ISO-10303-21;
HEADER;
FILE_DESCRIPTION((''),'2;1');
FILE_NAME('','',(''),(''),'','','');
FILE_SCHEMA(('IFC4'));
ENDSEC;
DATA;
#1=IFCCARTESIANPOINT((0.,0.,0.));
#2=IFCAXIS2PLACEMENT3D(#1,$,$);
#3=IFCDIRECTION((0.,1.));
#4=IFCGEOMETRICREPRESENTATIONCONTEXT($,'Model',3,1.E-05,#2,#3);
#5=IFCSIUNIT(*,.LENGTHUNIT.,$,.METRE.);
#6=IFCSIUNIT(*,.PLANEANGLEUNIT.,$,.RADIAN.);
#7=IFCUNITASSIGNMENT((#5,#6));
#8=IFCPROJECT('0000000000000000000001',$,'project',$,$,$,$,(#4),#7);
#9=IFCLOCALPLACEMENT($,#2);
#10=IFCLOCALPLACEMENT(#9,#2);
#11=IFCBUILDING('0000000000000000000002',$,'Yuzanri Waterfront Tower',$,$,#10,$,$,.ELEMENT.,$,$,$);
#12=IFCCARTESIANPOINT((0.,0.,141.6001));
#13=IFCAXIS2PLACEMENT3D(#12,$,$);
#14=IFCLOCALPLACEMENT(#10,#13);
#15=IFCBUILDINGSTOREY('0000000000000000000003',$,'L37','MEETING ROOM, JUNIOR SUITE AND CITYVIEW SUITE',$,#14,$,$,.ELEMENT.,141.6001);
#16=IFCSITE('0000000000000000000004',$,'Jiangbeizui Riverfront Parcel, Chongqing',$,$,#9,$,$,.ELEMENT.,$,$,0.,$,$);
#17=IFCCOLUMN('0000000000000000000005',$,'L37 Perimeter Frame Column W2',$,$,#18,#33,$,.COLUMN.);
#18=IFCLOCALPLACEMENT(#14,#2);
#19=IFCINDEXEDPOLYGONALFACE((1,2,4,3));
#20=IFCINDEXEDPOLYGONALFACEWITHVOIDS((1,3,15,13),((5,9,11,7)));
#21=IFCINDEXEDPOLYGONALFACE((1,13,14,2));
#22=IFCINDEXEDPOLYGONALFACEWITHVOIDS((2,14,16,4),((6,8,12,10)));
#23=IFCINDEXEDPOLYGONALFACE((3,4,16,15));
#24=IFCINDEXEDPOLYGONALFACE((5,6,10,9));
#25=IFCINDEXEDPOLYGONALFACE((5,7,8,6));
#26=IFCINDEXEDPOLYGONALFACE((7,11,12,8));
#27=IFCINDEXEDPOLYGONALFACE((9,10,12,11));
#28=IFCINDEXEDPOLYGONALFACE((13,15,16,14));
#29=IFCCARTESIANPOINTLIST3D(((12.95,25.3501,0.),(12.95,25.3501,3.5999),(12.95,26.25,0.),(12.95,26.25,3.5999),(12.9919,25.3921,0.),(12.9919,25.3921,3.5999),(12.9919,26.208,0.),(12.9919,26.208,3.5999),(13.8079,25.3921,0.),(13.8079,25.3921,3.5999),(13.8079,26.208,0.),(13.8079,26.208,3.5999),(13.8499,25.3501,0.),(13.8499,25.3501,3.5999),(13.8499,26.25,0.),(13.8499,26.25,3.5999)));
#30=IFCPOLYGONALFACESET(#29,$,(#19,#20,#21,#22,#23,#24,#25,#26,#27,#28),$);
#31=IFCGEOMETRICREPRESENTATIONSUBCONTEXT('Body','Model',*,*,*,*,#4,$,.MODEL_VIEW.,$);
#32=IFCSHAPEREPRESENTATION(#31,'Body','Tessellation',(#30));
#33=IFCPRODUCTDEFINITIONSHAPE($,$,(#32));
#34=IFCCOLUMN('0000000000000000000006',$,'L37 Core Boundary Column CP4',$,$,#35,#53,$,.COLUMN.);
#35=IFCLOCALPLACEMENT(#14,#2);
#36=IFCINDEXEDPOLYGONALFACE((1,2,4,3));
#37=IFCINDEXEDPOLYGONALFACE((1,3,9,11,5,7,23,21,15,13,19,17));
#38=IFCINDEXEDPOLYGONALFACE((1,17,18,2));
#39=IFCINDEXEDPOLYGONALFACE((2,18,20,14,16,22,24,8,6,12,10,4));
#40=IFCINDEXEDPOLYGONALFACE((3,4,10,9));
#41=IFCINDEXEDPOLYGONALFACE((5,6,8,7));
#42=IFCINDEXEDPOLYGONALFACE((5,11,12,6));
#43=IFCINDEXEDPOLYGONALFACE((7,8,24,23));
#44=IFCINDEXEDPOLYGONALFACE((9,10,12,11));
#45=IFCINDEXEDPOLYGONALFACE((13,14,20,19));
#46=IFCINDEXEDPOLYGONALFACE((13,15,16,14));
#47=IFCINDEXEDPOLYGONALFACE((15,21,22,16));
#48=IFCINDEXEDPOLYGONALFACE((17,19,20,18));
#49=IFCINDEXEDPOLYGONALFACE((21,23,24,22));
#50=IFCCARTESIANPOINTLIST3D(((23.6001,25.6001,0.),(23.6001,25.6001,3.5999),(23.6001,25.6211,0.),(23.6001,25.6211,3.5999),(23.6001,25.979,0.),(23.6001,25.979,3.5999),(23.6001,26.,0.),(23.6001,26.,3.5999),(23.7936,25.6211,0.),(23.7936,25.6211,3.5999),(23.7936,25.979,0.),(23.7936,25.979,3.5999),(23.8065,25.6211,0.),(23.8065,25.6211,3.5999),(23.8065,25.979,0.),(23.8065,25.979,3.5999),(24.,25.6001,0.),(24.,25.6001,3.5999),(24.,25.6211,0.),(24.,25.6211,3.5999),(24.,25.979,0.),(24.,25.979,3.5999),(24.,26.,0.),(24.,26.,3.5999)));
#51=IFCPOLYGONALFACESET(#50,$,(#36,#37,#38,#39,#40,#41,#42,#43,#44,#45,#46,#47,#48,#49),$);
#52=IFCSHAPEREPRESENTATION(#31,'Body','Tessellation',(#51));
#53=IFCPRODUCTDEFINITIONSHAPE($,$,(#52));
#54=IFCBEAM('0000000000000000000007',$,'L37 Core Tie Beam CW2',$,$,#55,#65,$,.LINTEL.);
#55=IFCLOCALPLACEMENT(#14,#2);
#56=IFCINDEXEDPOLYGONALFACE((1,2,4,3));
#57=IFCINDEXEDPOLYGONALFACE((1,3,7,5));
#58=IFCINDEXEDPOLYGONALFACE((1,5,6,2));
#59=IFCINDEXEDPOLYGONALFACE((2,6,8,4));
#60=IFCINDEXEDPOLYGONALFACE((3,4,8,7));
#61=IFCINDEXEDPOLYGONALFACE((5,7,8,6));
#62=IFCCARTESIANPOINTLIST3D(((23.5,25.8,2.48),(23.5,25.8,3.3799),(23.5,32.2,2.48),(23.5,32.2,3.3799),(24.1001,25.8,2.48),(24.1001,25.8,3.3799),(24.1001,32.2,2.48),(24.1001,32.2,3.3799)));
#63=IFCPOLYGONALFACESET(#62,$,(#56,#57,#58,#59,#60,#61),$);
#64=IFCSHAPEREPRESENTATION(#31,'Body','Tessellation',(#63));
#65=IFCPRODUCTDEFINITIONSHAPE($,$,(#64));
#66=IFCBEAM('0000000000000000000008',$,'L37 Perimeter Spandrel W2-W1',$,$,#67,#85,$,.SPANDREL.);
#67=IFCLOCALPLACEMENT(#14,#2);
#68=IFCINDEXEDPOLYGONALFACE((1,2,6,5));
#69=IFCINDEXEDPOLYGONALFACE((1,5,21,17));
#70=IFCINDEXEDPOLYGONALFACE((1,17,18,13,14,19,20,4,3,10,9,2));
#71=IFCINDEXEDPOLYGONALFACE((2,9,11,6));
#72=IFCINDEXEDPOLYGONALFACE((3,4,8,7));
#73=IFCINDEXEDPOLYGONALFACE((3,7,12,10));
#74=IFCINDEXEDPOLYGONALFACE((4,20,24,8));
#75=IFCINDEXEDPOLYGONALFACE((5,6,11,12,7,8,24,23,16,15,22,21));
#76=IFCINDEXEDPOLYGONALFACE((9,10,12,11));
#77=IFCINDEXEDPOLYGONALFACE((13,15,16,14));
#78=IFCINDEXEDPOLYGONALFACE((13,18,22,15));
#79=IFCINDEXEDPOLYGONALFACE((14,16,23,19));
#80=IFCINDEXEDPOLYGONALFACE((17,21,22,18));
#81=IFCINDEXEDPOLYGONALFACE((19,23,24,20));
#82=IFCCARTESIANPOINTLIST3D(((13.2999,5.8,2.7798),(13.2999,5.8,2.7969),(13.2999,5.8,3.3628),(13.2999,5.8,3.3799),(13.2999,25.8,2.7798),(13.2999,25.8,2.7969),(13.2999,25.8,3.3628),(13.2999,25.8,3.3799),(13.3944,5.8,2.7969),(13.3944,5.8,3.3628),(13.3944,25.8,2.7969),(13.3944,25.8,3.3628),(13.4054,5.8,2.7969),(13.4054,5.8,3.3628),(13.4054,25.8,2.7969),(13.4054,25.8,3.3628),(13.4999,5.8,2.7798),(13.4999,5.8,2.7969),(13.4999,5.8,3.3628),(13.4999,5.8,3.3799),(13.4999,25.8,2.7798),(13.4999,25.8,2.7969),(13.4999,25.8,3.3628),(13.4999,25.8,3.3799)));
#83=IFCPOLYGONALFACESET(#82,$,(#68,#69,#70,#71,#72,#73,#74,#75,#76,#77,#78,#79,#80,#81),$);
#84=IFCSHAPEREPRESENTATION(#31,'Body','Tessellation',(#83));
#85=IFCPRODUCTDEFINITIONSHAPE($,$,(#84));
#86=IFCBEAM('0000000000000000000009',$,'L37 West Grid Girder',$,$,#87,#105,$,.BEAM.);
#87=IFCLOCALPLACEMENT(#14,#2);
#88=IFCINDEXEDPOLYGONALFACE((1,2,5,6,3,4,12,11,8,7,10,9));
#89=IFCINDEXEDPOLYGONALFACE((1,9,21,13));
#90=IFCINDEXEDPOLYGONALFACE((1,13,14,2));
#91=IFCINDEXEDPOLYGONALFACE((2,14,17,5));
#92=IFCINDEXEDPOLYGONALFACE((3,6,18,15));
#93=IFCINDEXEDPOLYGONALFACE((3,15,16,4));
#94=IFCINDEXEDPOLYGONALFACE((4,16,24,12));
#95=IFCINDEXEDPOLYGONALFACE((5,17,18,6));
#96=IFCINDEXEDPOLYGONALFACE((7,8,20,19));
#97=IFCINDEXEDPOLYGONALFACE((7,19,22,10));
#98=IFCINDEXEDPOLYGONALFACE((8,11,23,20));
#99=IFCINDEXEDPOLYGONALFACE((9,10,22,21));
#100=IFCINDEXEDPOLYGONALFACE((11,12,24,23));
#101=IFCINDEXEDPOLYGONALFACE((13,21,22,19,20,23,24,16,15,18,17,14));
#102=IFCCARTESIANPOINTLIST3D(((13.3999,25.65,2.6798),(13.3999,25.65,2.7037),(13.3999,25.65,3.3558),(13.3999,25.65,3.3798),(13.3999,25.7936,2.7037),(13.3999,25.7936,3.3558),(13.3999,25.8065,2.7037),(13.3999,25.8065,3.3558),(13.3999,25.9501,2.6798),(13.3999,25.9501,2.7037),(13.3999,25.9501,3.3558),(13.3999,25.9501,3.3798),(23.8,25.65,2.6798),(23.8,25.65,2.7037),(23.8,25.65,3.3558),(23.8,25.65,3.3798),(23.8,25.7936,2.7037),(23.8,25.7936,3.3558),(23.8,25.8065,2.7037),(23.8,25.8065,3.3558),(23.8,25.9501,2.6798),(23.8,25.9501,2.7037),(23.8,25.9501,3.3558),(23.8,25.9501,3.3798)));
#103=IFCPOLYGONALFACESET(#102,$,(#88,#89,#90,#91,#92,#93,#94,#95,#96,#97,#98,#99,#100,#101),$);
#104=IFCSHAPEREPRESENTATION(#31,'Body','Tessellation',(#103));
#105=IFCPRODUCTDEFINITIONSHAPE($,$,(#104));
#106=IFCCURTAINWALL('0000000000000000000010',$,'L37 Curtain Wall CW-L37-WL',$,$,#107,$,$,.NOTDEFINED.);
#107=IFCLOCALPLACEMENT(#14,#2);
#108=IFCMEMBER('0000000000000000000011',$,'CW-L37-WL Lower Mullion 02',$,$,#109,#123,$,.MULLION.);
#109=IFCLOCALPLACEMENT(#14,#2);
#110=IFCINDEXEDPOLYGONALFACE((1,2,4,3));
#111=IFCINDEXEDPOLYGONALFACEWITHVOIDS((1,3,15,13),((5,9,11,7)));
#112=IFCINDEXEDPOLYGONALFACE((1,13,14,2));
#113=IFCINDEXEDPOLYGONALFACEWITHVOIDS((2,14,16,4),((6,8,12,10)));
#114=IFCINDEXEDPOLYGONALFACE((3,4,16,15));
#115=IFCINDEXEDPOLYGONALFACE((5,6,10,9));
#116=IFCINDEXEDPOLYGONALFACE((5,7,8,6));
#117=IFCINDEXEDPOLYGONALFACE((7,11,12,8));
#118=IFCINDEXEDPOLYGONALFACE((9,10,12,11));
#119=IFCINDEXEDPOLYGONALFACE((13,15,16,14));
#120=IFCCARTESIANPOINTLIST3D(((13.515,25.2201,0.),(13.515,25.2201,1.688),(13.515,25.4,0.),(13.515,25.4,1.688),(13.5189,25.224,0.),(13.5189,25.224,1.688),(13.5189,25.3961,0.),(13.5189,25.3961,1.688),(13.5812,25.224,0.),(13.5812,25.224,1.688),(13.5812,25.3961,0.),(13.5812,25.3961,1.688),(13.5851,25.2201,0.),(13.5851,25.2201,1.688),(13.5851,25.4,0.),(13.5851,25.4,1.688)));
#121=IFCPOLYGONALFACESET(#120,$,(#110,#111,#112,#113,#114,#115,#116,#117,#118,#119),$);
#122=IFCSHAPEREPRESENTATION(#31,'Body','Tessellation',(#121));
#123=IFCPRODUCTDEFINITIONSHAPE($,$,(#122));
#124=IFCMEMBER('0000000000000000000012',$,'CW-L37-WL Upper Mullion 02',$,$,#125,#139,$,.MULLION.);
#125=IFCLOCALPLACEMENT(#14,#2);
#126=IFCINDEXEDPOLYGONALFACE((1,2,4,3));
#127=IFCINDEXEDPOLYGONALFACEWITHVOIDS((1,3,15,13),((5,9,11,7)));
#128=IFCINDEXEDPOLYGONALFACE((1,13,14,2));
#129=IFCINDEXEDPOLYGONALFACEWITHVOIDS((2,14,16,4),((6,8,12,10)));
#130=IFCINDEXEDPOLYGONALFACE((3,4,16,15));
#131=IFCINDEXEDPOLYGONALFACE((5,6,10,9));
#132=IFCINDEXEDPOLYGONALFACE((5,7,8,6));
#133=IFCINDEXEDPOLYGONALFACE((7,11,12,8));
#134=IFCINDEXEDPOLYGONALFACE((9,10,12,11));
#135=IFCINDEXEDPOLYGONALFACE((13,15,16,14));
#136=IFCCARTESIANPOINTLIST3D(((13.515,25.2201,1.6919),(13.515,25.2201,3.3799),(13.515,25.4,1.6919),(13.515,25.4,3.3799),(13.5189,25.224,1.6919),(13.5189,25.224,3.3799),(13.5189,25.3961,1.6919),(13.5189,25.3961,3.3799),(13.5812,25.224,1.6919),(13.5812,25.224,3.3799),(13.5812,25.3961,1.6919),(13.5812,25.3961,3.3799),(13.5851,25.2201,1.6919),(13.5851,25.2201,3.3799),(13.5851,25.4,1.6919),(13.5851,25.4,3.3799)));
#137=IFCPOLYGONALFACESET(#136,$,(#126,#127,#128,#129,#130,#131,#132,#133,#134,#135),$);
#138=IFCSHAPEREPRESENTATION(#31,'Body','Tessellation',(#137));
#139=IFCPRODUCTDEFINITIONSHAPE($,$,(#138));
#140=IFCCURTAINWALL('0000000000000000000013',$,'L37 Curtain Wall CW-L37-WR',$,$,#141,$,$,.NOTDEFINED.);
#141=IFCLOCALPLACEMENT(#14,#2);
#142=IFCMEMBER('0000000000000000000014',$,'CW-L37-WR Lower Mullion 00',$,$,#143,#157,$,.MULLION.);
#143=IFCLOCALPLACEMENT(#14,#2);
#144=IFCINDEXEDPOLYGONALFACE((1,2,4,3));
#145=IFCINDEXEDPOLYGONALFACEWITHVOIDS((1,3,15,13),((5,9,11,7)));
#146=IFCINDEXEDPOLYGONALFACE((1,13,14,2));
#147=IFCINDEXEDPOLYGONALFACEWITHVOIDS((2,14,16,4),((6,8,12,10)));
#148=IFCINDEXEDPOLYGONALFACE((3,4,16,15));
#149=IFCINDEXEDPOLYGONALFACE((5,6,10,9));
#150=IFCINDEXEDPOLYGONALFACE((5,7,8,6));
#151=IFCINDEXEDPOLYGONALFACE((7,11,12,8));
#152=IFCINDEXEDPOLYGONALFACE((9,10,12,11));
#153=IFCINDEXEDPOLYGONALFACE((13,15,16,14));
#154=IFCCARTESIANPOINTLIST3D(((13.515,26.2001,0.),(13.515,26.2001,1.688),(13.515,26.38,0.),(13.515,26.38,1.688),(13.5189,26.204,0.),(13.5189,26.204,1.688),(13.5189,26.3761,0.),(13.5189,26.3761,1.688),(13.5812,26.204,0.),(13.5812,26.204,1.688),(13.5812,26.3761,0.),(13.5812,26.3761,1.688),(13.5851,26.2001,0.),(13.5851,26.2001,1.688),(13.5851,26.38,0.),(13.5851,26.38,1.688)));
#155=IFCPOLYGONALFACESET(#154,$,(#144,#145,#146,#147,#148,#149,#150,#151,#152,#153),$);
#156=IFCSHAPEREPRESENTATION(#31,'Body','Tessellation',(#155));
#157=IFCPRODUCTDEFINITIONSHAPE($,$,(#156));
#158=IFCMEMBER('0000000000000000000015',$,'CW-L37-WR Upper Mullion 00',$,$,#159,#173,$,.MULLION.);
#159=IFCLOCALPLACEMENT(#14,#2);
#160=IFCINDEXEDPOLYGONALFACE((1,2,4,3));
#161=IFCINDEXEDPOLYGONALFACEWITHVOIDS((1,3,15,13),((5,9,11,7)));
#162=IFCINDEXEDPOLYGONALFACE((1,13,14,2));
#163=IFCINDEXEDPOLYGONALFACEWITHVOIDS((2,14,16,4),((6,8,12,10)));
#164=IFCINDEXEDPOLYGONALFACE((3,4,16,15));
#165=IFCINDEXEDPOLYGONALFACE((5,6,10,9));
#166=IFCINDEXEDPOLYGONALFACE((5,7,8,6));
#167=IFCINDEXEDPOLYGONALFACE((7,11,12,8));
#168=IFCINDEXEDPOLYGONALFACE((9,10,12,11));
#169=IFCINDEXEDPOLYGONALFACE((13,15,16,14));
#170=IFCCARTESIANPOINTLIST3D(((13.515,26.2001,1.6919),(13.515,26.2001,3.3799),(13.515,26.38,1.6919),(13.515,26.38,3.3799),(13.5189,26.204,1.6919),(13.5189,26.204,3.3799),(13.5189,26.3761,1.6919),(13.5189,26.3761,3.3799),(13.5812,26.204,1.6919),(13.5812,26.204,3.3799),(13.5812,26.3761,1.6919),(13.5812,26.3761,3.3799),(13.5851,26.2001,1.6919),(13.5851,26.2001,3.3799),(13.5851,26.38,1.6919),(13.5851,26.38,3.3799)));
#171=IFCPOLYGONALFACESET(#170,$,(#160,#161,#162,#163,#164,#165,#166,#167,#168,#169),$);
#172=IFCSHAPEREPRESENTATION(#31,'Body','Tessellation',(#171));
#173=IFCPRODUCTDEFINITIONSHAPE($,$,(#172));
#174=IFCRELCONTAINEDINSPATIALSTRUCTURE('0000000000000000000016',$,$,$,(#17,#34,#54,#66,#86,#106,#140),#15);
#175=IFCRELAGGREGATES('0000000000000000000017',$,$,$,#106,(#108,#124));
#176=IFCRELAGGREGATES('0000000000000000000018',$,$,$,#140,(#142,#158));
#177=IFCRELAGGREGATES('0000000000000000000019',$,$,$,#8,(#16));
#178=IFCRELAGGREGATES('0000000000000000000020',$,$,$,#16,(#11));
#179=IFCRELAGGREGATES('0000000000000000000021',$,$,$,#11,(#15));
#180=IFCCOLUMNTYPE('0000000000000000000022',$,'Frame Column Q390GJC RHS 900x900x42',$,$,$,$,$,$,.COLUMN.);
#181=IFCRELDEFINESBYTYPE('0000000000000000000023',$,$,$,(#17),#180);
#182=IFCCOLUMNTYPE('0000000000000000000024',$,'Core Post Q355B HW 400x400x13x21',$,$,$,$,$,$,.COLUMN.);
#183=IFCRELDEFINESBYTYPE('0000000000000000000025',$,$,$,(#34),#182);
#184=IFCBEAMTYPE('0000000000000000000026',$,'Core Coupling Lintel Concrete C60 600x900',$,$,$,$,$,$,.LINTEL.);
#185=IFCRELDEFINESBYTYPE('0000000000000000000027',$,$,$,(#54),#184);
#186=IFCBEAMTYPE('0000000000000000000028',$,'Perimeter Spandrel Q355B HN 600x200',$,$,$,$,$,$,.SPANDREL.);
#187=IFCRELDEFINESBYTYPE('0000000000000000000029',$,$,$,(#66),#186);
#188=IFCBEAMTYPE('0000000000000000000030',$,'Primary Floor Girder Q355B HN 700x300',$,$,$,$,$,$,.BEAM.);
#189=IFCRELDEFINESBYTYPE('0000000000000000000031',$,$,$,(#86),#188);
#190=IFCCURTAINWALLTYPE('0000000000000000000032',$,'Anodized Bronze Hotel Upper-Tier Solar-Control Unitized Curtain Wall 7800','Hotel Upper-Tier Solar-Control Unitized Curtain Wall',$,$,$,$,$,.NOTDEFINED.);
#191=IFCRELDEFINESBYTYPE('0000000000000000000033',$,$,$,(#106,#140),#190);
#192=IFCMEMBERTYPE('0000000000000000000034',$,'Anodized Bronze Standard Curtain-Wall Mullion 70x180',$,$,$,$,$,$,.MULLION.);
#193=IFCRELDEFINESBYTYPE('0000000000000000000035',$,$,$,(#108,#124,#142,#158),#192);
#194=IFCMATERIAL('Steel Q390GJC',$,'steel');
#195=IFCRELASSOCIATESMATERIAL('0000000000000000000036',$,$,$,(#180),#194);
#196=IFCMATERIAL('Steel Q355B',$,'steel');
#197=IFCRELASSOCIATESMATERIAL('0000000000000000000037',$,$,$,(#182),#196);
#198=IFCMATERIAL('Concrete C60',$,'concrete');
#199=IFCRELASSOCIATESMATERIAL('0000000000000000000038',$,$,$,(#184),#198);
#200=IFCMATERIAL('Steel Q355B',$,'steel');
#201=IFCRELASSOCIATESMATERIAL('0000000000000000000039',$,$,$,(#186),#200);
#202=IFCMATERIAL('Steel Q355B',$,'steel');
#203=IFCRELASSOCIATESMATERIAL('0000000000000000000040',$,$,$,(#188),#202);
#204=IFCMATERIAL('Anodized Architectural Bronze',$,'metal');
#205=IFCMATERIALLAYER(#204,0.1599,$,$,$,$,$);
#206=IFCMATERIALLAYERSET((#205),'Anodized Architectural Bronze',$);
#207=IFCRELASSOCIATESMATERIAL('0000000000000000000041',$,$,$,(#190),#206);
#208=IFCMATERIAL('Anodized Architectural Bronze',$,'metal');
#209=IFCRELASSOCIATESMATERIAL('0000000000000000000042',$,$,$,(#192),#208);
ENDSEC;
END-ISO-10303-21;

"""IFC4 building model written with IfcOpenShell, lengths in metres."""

from ifc_helpers import new_model, si_unit, direction, frame, origin, origin_2d, place, context, subcontext, project, spatial, rectangle, hollow_rectangle, i_section, extrude, source, transform, mapped, material, layer, layer_set, material_profile, profile_set, type_object, element, aggregate, save


model = new_model("IFC4")

# Units and contexts
model_context = context("Model", 3, precision=1e-05, world=origin(), true_north=direction((0.0, 1.0)))
body_context = subcontext(model_context, "Body", "Model", "MODEL_VIEW")
ifc_project = project(units=[si_unit("LENGTHUNIT", "METRE"), si_unit("PLANEANGLEUNIT", "RADIAN")], contexts=[model_context])

# Site, building, storey
site_placement = place(None, origin())
site = spatial("IfcSite", under=ifc_project, at=site_placement, Name="Jiangbeizui Riverfront Parcel, Chongqing", CompositionType="ELEMENT", RefElevation=0.0)
building_placement = place(site_placement, origin())
building = spatial("IfcBuilding", under=site, at=building_placement, Name="Yuzanri Waterfront Tower", CompositionType="ELEMENT")
storey_placement = place(building_placement, frame((0.0, 0.0, 141.6001)))
storey = spatial("IfcBuildingStorey", under=building, at=storey_placement, Name="L37", Description="MEETING ROOM, JUNIOR SUITE AND CITYVIEW SUITE", CompositionType="ELEMENT", Elevation=141.6001)

# Columns
ifc_material_1 = material(Name="Steel Q390GJC", Category="steel")
ifc_material_profile_1 = material_profile(ifc_material_1, hollow_rectangle(XDim=0.8999, YDim=0.8999, WallThickness=0.042, at=origin_2d()), Name="RHS 900x900x42")
ifc_profile_set_1 = profile_set([ifc_material_profile_1], Name="Steel Q390GJC")
column_type_1 = type_object("IfcColumnType", Name="Frame Column Q390GJC RHS 900x900x42", PredefinedType="COLUMN", material=ifc_profile_set_1)
shared_shape_1 = source(origin(), body_context, "Body", "SweptSolid", [
    extrude(hollow_rectangle(XDim=0.8999, YDim=0.8999, WallThickness=0.042, at=origin_2d()), origin(), (0.0, 0.0, 1.0), 3.5999),
])
column_1_placement = place(storey_placement, frame((13.3999, 25.8, 0.0), z_axis=(0.0, 0.0, 1.0), x_axis=(1.0, 0.0, 0.0)))
element("IfcColumn", 1, at=column_1_placement, inside=storey, type_object=column_type_1, Name="L37 Perimeter Frame Column W2", PredefinedType="COLUMN", context=body_context, shape_type="MappedRepresentation", body=[
    mapped(shared_shape_1, transform((0.0, 0.0, 0.0), scale=1.0)),
])
ifc_material_2 = material(Name="Steel Q355B", Category="steel")
ifc_material_profile_2 = material_profile(ifc_material_2, i_section(OverallWidth=0.3999, OverallDepth=0.3999, WebThickness=0.0129, FlangeThickness=0.021, at=origin_2d()), Name="HW 400x400x13x21")
ifc_profile_set_2 = profile_set([ifc_material_profile_2], Name="Steel Q355B")
column_type_2 = type_object("IfcColumnType", Name="Core Post Q355B HW 400x400x13x21", PredefinedType="COLUMN", material=ifc_profile_set_2)
shared_shape_2 = source(origin(), body_context, "Body", "SweptSolid", [
    extrude(i_section(OverallWidth=0.3999, OverallDepth=0.3999, WebThickness=0.0129, FlangeThickness=0.021, at=origin_2d()), origin(), (0.0, 0.0, 1.0), 3.5999),
])
column_2_placement = place(storey_placement, frame((23.8, 25.8, 0.0), z_axis=(0.0, 0.0, 1.0), x_axis=(1.0, 0.0, 0.0)))
element("IfcColumn", 2, at=column_2_placement, inside=storey, type_object=column_type_2, Name="L37 Core Boundary Column CP4", PredefinedType="COLUMN", context=body_context, shape_type="MappedRepresentation", body=[
    mapped(shared_shape_2, transform((0.0, 0.0, 0.0), scale=1.0)),
])

# Beams
ifc_material_3 = material(Name="Concrete C60", Category="concrete")
ifc_material_profile_3 = material_profile(ifc_material_3, rectangle(XDim=0.6001, YDim=0.8999, at=origin_2d()), Name="RC 600x900")
ifc_profile_set_3 = profile_set([ifc_material_profile_3], Name="Concrete C60")
beam_type_1 = type_object("IfcBeamType", Name="Core Coupling Lintel Concrete C60 600x900", PredefinedType="LINTEL", material=ifc_profile_set_3)
shared_shape_3 = source(origin(), body_context, "Body", "SweptSolid", [
    extrude(rectangle(XDim=0.6001, YDim=0.8999, at=origin_2d()), origin(), (0.0, 0.0, 1.0), 6.3999),
])
beam_1_placement = place(storey_placement, frame((23.8, 25.8, 2.9299), z_axis=(0.0, 1.0, 0.0), x_axis=(-1.0, 0.0, 0.0)))
element("IfcBeam", 3, at=beam_1_placement, inside=storey, type_object=beam_type_1, Name="L37 Core Tie Beam CW2", PredefinedType="LINTEL", context=body_context, shape_type="MappedRepresentation", body=[
    mapped(shared_shape_3, transform((0.0, 0.0, 0.0), scale=1.0)),
])
ifc_material_4 = material(Name="Steel Q355B", Category="steel")
ifc_material_profile_4 = material_profile(ifc_material_4, i_section(OverallWidth=0.2, OverallDepth=0.6001, WebThickness=0.011, FlangeThickness=0.0171, at=origin_2d()), Name="HN 600x200x11x17")
ifc_profile_set_4 = profile_set([ifc_material_profile_4], Name="Steel Q355B")
beam_type_2 = type_object("IfcBeamType", Name="Perimeter Spandrel Q355B HN 600x200", PredefinedType="SPANDREL", material=ifc_profile_set_4)
shared_shape_4 = source(origin(), body_context, "Body", "SweptSolid", [
    extrude(i_section(OverallWidth=0.2, OverallDepth=0.6001, WebThickness=0.011, FlangeThickness=0.0171, at=origin_2d()), origin(), (0.0, 0.0, 1.0), 20.0),
])
beam_2_placement = place(storey_placement, frame((13.3999, 25.8, 3.0798), z_axis=(0.0, -1.0, 0.0), x_axis=(1.0, 0.0, 0.0)))
element("IfcBeam", 4, at=beam_2_placement, inside=storey, type_object=beam_type_2, Name="L37 Perimeter Spandrel W2-W1", PredefinedType="SPANDREL", context=body_context, shape_type="MappedRepresentation", body=[
    mapped(shared_shape_4, transform((0.0, 0.0, 0.0), scale=1.0)),
])
ifc_material_5 = material(Name="Steel Q355B", Category="steel")
ifc_material_profile_5 = material_profile(ifc_material_5, i_section(OverallWidth=0.3, OverallDepth=0.7, WebThickness=0.0129, FlangeThickness=0.0239, at=origin_2d()), Name="HN 700x300x13x24")
ifc_profile_set_5 = profile_set([ifc_material_profile_5], Name="Steel Q355B")
beam_type_3 = type_object("IfcBeamType", Name="Primary Floor Girder Q355B HN 700x300", PredefinedType="BEAM", material=ifc_profile_set_5)
shared_shape_5 = source(origin(), body_context, "Body", "SweptSolid", [
    extrude(i_section(OverallWidth=0.3, OverallDepth=0.7, WebThickness=0.0129, FlangeThickness=0.0239, at=origin_2d()), origin(), (0.0, 0.0, 1.0), 10.4001),
])
beam_3_placement = place(storey_placement, frame((23.8, 25.8, 3.0298), z_axis=(-1.0, 0.0, 0.0), x_axis=(0.0, -1.0, 0.0)))
element("IfcBeam", 5, at=beam_3_placement, inside=storey, type_object=beam_type_3, Name="L37 West Grid Girder", PredefinedType="BEAM", context=body_context, shape_type="MappedRepresentation", body=[
    mapped(shared_shape_5, transform((0.0, 0.0, 0.0), scale=1.0)),
])

# Curtain wall, members
ifc_material_6 = material(Name="Anodized Architectural Bronze", Category="metal")
ifc_layer_1 = layer(ifc_material_6, 0.1599)
ifc_layer_set_1 = layer_set([ifc_layer_1], Name="Anodized Architectural Bronze")
curtain_wall_type = type_object("IfcCurtainWallType", Name="Anodized Bronze Hotel Upper-Tier Solar-Control Unitized Curtain Wall 7800", Description="Hotel Upper-Tier Solar-Control Unitized Curtain Wall", PredefinedType="NOTDEFINED", material=ifc_layer_set_1)
curtain_wall_1_placement = place(storey_placement, origin())
curtain_wall_1 = element("IfcCurtainWall", 6, at=curtain_wall_1_placement, inside=storey, type_object=curtain_wall_type, Name="L37 Curtain Wall CW-L37-WL", PredefinedType="NOTDEFINED")
ifc_material_7 = material(Name="Anodized Architectural Bronze", Category="metal")
ifc_material_profile_6 = material_profile(ifc_material_7, hollow_rectangle(XDim=0.0701, YDim=0.1799, WallThickness=0.0039, at=origin_2d()), Name="CWM 70x180")
ifc_profile_set_6 = profile_set([ifc_material_profile_6], Name="Anodized Architectural Bronze")
member_type_1 = type_object("IfcMemberType", Name="Anodized Bronze Standard Curtain-Wall Mullion 70x180", PredefinedType="MULLION", material=ifc_profile_set_6)
shared_shape_6 = source(origin(), body_context, "Body", "SweptSolid", [
    extrude(hollow_rectangle(XDim=0.0701, YDim=0.1799, WallThickness=0.0039, at=origin_2d()), origin(), (0.0, 0.0, 1.0), 1.688),
])
member_1_placement = place(storey_placement, frame((13.55, 25.3101, 0.0), z_axis=(0.0, 0.0, 1.0), x_axis=(1.0, 0.0, 0.0)))
member_1 = element("IfcMember", 7, at=member_1_placement, type_object=member_type_1, Name="CW-L37-WL Lower Mullion 02", PredefinedType="MULLION", context=body_context, shape_type="MappedRepresentation", body=[
    mapped(shared_shape_6, transform((0.0, 0.0, 0.0), scale=1.0)),
])
member_2_placement = place(storey_placement, frame((13.55, 25.3101, 1.6919), z_axis=(0.0, 0.0, 1.0), x_axis=(1.0, 0.0, 0.0)))
member_2 = element("IfcMember", 8, at=member_2_placement, type_object=member_type_1, Name="CW-L37-WL Upper Mullion 02", PredefinedType="MULLION", context=body_context, shape_type="MappedRepresentation", body=[
    mapped(shared_shape_6, transform((0.0, 0.0, 0.0), scale=1.0)),
])
aggregate(curtain_wall_1, [member_1, member_2])

# Curtain wall, members
curtain_wall_2_placement = place(storey_placement, origin())
curtain_wall_2 = element("IfcCurtainWall", 9, at=curtain_wall_2_placement, inside=storey, type_object=curtain_wall_type, Name="L37 Curtain Wall CW-L37-WR", PredefinedType="NOTDEFINED")
member_3_placement = place(storey_placement, frame((13.55, 26.29, 0.0), z_axis=(0.0, 0.0, 1.0), x_axis=(1.0, 0.0, 0.0)))
member_3 = element("IfcMember", 10, at=member_3_placement, type_object=member_type_1, Name="CW-L37-WR Lower Mullion 00", PredefinedType="MULLION", context=body_context, shape_type="MappedRepresentation", body=[
    mapped(shared_shape_6, transform((0.0, 0.0, 0.0), scale=1.0)),
])
member_4_placement = place(storey_placement, frame((13.55, 26.29, 1.6919), z_axis=(0.0, 0.0, 1.0), x_axis=(1.0, 0.0, 0.0)))
member_4 = element("IfcMember", 11, at=member_4_placement, type_object=member_type_1, Name="CW-L37-WR Upper Mullion 00", PredefinedType="MULLION", context=body_context, shape_type="MappedRepresentation", body=[
    mapped(shared_shape_6, transform((0.0, 0.0, 0.0), scale=1.0)),
])
aggregate(curtain_wall_2, [member_3, member_4])

save(model, "model.ifc")
